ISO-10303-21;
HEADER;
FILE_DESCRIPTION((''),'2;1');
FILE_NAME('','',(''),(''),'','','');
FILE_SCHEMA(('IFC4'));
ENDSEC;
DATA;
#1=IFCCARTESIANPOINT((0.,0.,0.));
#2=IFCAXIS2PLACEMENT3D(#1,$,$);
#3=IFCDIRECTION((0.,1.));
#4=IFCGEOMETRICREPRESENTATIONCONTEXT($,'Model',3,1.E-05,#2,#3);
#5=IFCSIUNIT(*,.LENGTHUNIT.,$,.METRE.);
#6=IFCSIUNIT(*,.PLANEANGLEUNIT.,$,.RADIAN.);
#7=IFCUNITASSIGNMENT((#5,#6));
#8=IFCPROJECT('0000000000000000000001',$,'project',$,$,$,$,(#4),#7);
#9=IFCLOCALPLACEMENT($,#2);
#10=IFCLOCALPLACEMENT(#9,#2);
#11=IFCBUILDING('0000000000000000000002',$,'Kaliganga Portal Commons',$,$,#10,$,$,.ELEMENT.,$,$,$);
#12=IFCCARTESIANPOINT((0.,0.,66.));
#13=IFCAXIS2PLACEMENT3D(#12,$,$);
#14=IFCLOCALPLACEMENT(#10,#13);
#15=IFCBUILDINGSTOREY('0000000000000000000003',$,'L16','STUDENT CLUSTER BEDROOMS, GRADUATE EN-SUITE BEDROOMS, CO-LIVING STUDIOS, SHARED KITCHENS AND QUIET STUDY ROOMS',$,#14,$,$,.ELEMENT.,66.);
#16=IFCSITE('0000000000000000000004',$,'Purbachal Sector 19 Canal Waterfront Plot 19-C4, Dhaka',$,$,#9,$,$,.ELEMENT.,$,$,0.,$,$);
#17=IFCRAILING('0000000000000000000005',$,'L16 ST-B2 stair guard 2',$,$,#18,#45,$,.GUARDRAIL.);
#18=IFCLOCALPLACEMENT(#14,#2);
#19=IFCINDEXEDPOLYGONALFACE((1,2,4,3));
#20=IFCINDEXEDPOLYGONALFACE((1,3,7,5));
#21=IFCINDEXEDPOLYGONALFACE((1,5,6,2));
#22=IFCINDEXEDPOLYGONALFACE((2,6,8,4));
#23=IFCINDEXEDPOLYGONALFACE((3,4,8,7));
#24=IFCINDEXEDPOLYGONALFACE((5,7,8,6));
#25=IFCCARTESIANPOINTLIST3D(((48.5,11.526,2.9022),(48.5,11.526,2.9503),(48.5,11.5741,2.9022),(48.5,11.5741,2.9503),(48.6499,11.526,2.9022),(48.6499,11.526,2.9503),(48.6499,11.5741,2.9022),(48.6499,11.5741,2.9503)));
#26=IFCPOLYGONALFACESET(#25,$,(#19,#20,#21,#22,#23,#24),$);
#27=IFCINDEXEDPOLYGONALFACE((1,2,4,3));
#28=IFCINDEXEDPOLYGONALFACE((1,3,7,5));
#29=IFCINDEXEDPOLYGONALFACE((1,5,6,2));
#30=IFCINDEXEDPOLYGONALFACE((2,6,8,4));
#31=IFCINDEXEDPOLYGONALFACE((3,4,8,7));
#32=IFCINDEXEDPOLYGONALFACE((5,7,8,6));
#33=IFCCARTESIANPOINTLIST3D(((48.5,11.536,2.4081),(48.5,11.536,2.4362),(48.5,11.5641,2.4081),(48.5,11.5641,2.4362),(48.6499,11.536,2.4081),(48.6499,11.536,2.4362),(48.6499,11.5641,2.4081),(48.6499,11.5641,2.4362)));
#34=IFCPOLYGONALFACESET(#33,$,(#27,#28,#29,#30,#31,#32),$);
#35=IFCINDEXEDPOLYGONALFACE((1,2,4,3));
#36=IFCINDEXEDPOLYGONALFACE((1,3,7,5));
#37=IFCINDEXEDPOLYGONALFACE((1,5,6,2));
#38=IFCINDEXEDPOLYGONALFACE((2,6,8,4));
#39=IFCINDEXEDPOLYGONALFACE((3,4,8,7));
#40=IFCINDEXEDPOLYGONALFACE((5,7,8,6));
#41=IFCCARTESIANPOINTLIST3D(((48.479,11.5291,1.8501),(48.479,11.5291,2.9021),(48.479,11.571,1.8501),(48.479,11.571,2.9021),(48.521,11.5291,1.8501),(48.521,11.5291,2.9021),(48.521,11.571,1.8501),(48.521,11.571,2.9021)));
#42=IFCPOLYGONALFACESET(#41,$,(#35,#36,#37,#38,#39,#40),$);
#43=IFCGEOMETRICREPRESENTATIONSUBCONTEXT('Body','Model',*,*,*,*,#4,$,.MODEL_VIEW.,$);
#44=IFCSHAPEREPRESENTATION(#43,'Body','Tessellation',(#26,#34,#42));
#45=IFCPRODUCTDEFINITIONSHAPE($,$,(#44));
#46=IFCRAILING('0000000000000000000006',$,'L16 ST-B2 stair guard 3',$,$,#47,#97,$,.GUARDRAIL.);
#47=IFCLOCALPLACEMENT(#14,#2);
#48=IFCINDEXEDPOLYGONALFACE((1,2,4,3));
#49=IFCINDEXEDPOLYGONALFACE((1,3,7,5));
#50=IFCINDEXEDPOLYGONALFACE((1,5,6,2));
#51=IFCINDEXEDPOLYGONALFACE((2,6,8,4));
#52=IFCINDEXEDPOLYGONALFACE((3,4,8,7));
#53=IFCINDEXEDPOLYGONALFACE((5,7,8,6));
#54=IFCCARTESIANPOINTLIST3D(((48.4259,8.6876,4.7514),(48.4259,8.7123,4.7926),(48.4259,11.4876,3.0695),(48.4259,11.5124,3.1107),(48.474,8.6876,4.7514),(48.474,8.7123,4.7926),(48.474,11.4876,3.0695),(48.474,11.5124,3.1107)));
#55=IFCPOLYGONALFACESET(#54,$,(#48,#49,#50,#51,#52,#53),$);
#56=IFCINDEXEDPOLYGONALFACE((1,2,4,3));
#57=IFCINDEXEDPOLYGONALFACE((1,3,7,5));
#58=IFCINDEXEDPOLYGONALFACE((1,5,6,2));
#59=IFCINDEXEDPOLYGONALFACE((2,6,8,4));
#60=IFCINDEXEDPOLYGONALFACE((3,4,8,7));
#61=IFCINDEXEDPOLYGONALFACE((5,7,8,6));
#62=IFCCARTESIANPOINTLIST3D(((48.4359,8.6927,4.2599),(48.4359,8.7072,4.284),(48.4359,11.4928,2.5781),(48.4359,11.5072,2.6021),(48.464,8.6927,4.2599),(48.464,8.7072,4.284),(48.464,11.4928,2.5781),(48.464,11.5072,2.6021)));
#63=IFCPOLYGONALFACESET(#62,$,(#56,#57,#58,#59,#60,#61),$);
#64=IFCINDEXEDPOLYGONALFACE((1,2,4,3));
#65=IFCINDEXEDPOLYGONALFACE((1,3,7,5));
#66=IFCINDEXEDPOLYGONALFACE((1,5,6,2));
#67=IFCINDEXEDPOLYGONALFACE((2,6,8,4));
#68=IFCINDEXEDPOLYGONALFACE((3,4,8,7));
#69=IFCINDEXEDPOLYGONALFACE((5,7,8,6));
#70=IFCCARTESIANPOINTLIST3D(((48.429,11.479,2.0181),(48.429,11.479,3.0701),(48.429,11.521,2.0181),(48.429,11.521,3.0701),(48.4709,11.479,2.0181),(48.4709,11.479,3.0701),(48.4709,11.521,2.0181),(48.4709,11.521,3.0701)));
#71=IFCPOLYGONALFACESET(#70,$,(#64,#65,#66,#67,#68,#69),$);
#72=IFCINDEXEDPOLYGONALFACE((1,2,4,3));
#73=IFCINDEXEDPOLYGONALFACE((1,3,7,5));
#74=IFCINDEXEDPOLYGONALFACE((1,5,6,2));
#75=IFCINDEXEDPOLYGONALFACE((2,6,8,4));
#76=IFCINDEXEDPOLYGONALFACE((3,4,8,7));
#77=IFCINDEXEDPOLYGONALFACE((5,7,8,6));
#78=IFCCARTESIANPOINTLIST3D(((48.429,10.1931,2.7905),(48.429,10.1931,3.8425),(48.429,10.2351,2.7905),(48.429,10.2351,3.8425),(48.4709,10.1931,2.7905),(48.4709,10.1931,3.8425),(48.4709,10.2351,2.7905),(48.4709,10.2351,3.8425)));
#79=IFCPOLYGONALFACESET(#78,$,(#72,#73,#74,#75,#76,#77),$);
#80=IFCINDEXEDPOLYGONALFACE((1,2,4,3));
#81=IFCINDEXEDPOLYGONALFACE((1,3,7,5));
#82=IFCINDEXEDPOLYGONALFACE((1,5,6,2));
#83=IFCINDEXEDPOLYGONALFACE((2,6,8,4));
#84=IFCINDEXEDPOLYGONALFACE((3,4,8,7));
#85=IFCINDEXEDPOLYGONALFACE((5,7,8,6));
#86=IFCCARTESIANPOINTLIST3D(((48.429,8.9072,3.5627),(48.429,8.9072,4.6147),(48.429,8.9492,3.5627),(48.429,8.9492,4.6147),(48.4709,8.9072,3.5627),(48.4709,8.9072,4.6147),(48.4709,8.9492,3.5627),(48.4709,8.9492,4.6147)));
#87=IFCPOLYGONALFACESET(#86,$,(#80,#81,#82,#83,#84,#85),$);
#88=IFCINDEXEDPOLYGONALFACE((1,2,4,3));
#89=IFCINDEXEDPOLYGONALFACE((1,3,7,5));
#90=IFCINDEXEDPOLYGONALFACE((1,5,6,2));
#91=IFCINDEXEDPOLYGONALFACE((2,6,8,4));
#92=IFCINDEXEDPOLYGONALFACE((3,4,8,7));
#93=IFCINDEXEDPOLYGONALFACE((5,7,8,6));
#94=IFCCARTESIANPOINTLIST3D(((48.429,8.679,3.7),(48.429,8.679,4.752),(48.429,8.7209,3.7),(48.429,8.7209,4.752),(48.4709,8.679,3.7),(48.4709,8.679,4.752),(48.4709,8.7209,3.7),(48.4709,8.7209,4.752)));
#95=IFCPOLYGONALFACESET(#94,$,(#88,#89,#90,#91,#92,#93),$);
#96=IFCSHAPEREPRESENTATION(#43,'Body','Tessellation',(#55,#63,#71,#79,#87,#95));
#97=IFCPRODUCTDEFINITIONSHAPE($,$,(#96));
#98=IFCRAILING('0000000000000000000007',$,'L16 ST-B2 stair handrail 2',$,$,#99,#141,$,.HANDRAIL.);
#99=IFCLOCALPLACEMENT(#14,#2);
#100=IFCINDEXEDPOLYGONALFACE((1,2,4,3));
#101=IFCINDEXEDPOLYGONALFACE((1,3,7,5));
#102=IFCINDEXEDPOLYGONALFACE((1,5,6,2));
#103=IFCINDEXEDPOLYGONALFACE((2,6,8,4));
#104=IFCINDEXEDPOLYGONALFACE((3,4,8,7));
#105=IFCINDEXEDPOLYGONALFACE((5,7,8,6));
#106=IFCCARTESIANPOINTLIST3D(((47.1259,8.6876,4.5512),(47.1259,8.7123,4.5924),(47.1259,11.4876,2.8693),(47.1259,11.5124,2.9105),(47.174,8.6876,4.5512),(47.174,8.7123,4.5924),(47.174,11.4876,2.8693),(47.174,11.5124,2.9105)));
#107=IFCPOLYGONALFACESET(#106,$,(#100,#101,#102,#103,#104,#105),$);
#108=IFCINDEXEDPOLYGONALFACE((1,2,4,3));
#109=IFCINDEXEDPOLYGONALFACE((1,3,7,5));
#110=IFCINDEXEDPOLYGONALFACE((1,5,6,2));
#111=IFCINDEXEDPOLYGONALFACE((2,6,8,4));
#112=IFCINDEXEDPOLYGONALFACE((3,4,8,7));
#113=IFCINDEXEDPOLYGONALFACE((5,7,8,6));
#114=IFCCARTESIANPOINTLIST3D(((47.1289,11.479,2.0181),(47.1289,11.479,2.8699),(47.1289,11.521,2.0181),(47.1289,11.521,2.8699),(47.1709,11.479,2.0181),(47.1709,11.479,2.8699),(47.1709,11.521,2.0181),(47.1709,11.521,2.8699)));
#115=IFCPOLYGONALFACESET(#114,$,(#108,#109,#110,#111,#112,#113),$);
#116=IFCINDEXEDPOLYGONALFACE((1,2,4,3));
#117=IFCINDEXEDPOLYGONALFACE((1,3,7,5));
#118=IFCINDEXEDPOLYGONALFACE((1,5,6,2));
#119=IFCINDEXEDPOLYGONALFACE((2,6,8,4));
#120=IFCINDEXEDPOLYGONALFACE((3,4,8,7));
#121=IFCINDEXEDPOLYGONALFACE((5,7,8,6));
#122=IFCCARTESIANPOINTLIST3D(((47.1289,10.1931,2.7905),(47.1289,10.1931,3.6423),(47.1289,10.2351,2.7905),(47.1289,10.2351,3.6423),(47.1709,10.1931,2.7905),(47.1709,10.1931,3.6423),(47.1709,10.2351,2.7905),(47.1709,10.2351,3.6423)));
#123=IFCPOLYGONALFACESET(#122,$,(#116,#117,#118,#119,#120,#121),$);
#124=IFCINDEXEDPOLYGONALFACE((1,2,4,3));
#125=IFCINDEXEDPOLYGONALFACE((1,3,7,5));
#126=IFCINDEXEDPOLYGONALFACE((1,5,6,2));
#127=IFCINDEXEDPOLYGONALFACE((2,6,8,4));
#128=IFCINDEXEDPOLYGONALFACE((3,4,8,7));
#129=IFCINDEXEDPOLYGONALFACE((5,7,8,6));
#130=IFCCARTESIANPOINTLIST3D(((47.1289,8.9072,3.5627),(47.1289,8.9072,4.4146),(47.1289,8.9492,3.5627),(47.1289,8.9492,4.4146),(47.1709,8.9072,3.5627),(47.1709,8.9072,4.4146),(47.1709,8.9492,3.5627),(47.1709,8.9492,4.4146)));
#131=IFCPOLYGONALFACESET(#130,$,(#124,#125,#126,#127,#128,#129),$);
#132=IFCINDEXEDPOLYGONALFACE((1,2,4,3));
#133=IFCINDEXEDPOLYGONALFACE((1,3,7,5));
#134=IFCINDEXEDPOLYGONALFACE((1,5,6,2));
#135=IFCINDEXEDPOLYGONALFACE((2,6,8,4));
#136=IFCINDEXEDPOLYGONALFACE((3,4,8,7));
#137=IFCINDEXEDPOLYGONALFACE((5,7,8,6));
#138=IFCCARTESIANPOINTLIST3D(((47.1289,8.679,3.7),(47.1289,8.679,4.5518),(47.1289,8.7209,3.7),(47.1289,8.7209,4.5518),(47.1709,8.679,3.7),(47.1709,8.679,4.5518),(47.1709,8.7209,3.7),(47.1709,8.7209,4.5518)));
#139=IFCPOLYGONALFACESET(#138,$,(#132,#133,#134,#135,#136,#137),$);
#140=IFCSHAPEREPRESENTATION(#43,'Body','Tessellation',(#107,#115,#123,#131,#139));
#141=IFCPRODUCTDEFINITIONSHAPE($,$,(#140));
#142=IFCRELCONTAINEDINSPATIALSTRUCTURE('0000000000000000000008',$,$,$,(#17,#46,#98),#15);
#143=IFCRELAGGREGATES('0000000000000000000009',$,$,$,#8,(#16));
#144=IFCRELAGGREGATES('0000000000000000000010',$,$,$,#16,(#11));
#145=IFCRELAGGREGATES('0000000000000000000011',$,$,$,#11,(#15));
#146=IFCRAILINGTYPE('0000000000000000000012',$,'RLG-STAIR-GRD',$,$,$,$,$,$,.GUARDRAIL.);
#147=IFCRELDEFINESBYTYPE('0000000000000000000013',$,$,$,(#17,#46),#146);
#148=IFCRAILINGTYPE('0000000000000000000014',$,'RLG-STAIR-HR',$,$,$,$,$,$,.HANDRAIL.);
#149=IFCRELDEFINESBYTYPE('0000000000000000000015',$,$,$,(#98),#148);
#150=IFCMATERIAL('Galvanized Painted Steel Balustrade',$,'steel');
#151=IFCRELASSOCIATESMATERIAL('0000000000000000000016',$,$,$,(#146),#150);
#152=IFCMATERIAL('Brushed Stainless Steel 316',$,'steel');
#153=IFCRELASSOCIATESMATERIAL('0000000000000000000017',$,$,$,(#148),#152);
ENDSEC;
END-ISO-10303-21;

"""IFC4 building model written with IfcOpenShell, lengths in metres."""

from ifc_helpers import new_model, si_unit, direction, frame, origin, origin_2d, place, context, subcontext, project, spatial, rectangle, extrude, material, type_object, element, save


model = new_model("IFC4")

# Units and contexts
model_context = context("Model", 3, precision=1e-05, world=origin(), true_north=direction((0.0, 1.0)))
body_context = subcontext(model_context, "Body", "Model", "MODEL_VIEW")
ifc_project = project(units=[si_unit("LENGTHUNIT", "METRE"), si_unit("PLANEANGLEUNIT", "RADIAN")], contexts=[model_context])

# Site, building, storey
site_placement = place(None, origin())
site = spatial("IfcSite", under=ifc_project, at=site_placement, Name="Purbachal Sector 19 Canal Waterfront Plot 19-C4, Dhaka", CompositionType="ELEMENT", RefElevation=0.0)
building_placement = place(site_placement, origin())
building = spatial("IfcBuilding", under=site, at=building_placement, Name="Kaliganga Portal Commons", CompositionType="ELEMENT")
storey_placement = place(building_placement, frame((0.0, 0.0, 66.0)))
storey = spatial("IfcBuildingStorey", under=building, at=storey_placement, Name="L16", Description="STUDENT CLUSTER BEDROOMS, GRADUATE EN-SUITE BEDROOMS, CO-LIVING STUDIOS, SHARED KITCHENS AND QUIET STUDY ROOMS", CompositionType="ELEMENT", Elevation=66.0)

# Railings
ifc_material_1 = material(Name="Galvanized Painted Steel Balustrade", Category="steel")
railing_type_1 = type_object("IfcRailingType", Name="RLG-STAIR-GRD", PredefinedType="GUARDRAIL", material=ifc_material_1)
railing_1_placement = place(storey_placement, frame((48.6499, 11.55, 1.8501)))
element("IfcRailing", 1, at=railing_1_placement, inside=storey, type_object=railing_type_1, Name="L16 ST-B2 stair guard 2", PredefinedType="GUARDRAIL", context=body_context, shape_type="SweptSolid", body=[
    extrude(rectangle(XDim=0.0481, YDim=0.0481, at=origin_2d()), frame((0.0, 0.0, 1.0762), z_axis=(-1.0, 0.0, 0.0), x_axis=(0.0, -1.0, 0.0)), (0.0, 0.0, 1.0), 0.1499),
    extrude(rectangle(XDim=0.0281, YDim=0.0281, at=origin_2d()), frame((0.0, 0.0, 0.572), z_axis=(-1.0, 0.0, 0.0), x_axis=(0.0, -1.0, 0.0)), (0.0, 0.0, 1.0), 0.1499),
    extrude(rectangle(XDim=0.042, YDim=0.042, at=origin_2d()), frame((-0.1499, 0.0, 0.0)), (0.0, 0.0, 1.0), 1.052),
])
railing_2_placement = place(storey_placement, frame((48.45, 11.5, 2.0181)))
element("IfcRailing", 2, at=railing_2_placement, inside=storey, type_object=railing_type_1, Name="L16 ST-B2 stair guard 3", PredefinedType="GUARDRAIL", context=body_context, shape_type="SweptSolid", body=[
    extrude(rectangle(XDim=0.0481, YDim=0.0481, at=origin_2d()), frame((0.0, 0.0, 1.072), z_axis=(0.0, -0.857242, 0.514913), x_axis=(1.0, 0.0, 0.0)), (0.0, 0.0, 1.0), 3.2664),
    extrude(rectangle(XDim=0.0281, YDim=0.0281, at=origin_2d()), frame((0.0, 0.0, 0.572), z_axis=(0.0, -0.857242, 0.514913), x_axis=(1.0, 0.0, 0.0)), (0.0, 0.0, 1.0), 3.2664),
    extrude(rectangle(XDim=0.042, YDim=0.042, at=origin_2d()), origin(), (0.0, 0.0, 1.0), 1.052),
    extrude(rectangle(XDim=0.042, YDim=0.042, at=origin_2d()), frame((0.0, -1.2859, 0.7725)), (0.0, 0.0, 1.0), 1.052),
    extrude(rectangle(XDim=0.042, YDim=0.042, at=origin_2d()), frame((0.0, -2.5718, 1.5447)), (0.0, 0.0, 1.0), 1.052),
    extrude(rectangle(XDim=0.042, YDim=0.042, at=origin_2d()), frame((0.0, -2.8, 1.6819)), (0.0, 0.0, 1.0), 1.052),
])
ifc_material_2 = material(Name="Brushed Stainless Steel 316", Category="steel")
railing_type_2 = type_object("IfcRailingType", Name="RLG-STAIR-HR", PredefinedType="HANDRAIL", material=ifc_material_2)
railing_3_placement = place(storey_placement, frame((47.1499, 11.5, 2.0181)))
element("IfcRailing", 3, at=railing_3_placement, inside=storey, type_object=railing_type_2, Name="L16 ST-B2 stair handrail 2", PredefinedType="HANDRAIL", context=body_context, shape_type="SweptSolid", body=[
    extrude(rectangle(XDim=0.0481, YDim=0.0481, at=origin_2d()), frame((0.0, 0.0, 0.8718), z_axis=(0.0, -0.857242, 0.514913), x_axis=(1.0, 0.0, 0.0)), (0.0, 0.0, 1.0), 3.2664),
    extrude(rectangle(XDim=0.042, YDim=0.042, at=origin_2d()), origin(), (0.0, 0.0, 1.0), 0.8518),
    extrude(rectangle(XDim=0.042, YDim=0.042, at=origin_2d()), frame((0.0, -1.2859, 0.7725)), (0.0, 0.0, 1.0), 0.8518),
    extrude(rectangle(XDim=0.042, YDim=0.042, at=origin_2d()), frame((0.0, -2.5718, 1.5447)), (0.0, 0.0, 1.0), 0.8518),
    extrude(rectangle(XDim=0.042, YDim=0.042, at=origin_2d()), frame((0.0, -2.8, 1.6819)), (0.0, 0.0, 1.0), 0.8518),
])

save(model, "model.ifc")
